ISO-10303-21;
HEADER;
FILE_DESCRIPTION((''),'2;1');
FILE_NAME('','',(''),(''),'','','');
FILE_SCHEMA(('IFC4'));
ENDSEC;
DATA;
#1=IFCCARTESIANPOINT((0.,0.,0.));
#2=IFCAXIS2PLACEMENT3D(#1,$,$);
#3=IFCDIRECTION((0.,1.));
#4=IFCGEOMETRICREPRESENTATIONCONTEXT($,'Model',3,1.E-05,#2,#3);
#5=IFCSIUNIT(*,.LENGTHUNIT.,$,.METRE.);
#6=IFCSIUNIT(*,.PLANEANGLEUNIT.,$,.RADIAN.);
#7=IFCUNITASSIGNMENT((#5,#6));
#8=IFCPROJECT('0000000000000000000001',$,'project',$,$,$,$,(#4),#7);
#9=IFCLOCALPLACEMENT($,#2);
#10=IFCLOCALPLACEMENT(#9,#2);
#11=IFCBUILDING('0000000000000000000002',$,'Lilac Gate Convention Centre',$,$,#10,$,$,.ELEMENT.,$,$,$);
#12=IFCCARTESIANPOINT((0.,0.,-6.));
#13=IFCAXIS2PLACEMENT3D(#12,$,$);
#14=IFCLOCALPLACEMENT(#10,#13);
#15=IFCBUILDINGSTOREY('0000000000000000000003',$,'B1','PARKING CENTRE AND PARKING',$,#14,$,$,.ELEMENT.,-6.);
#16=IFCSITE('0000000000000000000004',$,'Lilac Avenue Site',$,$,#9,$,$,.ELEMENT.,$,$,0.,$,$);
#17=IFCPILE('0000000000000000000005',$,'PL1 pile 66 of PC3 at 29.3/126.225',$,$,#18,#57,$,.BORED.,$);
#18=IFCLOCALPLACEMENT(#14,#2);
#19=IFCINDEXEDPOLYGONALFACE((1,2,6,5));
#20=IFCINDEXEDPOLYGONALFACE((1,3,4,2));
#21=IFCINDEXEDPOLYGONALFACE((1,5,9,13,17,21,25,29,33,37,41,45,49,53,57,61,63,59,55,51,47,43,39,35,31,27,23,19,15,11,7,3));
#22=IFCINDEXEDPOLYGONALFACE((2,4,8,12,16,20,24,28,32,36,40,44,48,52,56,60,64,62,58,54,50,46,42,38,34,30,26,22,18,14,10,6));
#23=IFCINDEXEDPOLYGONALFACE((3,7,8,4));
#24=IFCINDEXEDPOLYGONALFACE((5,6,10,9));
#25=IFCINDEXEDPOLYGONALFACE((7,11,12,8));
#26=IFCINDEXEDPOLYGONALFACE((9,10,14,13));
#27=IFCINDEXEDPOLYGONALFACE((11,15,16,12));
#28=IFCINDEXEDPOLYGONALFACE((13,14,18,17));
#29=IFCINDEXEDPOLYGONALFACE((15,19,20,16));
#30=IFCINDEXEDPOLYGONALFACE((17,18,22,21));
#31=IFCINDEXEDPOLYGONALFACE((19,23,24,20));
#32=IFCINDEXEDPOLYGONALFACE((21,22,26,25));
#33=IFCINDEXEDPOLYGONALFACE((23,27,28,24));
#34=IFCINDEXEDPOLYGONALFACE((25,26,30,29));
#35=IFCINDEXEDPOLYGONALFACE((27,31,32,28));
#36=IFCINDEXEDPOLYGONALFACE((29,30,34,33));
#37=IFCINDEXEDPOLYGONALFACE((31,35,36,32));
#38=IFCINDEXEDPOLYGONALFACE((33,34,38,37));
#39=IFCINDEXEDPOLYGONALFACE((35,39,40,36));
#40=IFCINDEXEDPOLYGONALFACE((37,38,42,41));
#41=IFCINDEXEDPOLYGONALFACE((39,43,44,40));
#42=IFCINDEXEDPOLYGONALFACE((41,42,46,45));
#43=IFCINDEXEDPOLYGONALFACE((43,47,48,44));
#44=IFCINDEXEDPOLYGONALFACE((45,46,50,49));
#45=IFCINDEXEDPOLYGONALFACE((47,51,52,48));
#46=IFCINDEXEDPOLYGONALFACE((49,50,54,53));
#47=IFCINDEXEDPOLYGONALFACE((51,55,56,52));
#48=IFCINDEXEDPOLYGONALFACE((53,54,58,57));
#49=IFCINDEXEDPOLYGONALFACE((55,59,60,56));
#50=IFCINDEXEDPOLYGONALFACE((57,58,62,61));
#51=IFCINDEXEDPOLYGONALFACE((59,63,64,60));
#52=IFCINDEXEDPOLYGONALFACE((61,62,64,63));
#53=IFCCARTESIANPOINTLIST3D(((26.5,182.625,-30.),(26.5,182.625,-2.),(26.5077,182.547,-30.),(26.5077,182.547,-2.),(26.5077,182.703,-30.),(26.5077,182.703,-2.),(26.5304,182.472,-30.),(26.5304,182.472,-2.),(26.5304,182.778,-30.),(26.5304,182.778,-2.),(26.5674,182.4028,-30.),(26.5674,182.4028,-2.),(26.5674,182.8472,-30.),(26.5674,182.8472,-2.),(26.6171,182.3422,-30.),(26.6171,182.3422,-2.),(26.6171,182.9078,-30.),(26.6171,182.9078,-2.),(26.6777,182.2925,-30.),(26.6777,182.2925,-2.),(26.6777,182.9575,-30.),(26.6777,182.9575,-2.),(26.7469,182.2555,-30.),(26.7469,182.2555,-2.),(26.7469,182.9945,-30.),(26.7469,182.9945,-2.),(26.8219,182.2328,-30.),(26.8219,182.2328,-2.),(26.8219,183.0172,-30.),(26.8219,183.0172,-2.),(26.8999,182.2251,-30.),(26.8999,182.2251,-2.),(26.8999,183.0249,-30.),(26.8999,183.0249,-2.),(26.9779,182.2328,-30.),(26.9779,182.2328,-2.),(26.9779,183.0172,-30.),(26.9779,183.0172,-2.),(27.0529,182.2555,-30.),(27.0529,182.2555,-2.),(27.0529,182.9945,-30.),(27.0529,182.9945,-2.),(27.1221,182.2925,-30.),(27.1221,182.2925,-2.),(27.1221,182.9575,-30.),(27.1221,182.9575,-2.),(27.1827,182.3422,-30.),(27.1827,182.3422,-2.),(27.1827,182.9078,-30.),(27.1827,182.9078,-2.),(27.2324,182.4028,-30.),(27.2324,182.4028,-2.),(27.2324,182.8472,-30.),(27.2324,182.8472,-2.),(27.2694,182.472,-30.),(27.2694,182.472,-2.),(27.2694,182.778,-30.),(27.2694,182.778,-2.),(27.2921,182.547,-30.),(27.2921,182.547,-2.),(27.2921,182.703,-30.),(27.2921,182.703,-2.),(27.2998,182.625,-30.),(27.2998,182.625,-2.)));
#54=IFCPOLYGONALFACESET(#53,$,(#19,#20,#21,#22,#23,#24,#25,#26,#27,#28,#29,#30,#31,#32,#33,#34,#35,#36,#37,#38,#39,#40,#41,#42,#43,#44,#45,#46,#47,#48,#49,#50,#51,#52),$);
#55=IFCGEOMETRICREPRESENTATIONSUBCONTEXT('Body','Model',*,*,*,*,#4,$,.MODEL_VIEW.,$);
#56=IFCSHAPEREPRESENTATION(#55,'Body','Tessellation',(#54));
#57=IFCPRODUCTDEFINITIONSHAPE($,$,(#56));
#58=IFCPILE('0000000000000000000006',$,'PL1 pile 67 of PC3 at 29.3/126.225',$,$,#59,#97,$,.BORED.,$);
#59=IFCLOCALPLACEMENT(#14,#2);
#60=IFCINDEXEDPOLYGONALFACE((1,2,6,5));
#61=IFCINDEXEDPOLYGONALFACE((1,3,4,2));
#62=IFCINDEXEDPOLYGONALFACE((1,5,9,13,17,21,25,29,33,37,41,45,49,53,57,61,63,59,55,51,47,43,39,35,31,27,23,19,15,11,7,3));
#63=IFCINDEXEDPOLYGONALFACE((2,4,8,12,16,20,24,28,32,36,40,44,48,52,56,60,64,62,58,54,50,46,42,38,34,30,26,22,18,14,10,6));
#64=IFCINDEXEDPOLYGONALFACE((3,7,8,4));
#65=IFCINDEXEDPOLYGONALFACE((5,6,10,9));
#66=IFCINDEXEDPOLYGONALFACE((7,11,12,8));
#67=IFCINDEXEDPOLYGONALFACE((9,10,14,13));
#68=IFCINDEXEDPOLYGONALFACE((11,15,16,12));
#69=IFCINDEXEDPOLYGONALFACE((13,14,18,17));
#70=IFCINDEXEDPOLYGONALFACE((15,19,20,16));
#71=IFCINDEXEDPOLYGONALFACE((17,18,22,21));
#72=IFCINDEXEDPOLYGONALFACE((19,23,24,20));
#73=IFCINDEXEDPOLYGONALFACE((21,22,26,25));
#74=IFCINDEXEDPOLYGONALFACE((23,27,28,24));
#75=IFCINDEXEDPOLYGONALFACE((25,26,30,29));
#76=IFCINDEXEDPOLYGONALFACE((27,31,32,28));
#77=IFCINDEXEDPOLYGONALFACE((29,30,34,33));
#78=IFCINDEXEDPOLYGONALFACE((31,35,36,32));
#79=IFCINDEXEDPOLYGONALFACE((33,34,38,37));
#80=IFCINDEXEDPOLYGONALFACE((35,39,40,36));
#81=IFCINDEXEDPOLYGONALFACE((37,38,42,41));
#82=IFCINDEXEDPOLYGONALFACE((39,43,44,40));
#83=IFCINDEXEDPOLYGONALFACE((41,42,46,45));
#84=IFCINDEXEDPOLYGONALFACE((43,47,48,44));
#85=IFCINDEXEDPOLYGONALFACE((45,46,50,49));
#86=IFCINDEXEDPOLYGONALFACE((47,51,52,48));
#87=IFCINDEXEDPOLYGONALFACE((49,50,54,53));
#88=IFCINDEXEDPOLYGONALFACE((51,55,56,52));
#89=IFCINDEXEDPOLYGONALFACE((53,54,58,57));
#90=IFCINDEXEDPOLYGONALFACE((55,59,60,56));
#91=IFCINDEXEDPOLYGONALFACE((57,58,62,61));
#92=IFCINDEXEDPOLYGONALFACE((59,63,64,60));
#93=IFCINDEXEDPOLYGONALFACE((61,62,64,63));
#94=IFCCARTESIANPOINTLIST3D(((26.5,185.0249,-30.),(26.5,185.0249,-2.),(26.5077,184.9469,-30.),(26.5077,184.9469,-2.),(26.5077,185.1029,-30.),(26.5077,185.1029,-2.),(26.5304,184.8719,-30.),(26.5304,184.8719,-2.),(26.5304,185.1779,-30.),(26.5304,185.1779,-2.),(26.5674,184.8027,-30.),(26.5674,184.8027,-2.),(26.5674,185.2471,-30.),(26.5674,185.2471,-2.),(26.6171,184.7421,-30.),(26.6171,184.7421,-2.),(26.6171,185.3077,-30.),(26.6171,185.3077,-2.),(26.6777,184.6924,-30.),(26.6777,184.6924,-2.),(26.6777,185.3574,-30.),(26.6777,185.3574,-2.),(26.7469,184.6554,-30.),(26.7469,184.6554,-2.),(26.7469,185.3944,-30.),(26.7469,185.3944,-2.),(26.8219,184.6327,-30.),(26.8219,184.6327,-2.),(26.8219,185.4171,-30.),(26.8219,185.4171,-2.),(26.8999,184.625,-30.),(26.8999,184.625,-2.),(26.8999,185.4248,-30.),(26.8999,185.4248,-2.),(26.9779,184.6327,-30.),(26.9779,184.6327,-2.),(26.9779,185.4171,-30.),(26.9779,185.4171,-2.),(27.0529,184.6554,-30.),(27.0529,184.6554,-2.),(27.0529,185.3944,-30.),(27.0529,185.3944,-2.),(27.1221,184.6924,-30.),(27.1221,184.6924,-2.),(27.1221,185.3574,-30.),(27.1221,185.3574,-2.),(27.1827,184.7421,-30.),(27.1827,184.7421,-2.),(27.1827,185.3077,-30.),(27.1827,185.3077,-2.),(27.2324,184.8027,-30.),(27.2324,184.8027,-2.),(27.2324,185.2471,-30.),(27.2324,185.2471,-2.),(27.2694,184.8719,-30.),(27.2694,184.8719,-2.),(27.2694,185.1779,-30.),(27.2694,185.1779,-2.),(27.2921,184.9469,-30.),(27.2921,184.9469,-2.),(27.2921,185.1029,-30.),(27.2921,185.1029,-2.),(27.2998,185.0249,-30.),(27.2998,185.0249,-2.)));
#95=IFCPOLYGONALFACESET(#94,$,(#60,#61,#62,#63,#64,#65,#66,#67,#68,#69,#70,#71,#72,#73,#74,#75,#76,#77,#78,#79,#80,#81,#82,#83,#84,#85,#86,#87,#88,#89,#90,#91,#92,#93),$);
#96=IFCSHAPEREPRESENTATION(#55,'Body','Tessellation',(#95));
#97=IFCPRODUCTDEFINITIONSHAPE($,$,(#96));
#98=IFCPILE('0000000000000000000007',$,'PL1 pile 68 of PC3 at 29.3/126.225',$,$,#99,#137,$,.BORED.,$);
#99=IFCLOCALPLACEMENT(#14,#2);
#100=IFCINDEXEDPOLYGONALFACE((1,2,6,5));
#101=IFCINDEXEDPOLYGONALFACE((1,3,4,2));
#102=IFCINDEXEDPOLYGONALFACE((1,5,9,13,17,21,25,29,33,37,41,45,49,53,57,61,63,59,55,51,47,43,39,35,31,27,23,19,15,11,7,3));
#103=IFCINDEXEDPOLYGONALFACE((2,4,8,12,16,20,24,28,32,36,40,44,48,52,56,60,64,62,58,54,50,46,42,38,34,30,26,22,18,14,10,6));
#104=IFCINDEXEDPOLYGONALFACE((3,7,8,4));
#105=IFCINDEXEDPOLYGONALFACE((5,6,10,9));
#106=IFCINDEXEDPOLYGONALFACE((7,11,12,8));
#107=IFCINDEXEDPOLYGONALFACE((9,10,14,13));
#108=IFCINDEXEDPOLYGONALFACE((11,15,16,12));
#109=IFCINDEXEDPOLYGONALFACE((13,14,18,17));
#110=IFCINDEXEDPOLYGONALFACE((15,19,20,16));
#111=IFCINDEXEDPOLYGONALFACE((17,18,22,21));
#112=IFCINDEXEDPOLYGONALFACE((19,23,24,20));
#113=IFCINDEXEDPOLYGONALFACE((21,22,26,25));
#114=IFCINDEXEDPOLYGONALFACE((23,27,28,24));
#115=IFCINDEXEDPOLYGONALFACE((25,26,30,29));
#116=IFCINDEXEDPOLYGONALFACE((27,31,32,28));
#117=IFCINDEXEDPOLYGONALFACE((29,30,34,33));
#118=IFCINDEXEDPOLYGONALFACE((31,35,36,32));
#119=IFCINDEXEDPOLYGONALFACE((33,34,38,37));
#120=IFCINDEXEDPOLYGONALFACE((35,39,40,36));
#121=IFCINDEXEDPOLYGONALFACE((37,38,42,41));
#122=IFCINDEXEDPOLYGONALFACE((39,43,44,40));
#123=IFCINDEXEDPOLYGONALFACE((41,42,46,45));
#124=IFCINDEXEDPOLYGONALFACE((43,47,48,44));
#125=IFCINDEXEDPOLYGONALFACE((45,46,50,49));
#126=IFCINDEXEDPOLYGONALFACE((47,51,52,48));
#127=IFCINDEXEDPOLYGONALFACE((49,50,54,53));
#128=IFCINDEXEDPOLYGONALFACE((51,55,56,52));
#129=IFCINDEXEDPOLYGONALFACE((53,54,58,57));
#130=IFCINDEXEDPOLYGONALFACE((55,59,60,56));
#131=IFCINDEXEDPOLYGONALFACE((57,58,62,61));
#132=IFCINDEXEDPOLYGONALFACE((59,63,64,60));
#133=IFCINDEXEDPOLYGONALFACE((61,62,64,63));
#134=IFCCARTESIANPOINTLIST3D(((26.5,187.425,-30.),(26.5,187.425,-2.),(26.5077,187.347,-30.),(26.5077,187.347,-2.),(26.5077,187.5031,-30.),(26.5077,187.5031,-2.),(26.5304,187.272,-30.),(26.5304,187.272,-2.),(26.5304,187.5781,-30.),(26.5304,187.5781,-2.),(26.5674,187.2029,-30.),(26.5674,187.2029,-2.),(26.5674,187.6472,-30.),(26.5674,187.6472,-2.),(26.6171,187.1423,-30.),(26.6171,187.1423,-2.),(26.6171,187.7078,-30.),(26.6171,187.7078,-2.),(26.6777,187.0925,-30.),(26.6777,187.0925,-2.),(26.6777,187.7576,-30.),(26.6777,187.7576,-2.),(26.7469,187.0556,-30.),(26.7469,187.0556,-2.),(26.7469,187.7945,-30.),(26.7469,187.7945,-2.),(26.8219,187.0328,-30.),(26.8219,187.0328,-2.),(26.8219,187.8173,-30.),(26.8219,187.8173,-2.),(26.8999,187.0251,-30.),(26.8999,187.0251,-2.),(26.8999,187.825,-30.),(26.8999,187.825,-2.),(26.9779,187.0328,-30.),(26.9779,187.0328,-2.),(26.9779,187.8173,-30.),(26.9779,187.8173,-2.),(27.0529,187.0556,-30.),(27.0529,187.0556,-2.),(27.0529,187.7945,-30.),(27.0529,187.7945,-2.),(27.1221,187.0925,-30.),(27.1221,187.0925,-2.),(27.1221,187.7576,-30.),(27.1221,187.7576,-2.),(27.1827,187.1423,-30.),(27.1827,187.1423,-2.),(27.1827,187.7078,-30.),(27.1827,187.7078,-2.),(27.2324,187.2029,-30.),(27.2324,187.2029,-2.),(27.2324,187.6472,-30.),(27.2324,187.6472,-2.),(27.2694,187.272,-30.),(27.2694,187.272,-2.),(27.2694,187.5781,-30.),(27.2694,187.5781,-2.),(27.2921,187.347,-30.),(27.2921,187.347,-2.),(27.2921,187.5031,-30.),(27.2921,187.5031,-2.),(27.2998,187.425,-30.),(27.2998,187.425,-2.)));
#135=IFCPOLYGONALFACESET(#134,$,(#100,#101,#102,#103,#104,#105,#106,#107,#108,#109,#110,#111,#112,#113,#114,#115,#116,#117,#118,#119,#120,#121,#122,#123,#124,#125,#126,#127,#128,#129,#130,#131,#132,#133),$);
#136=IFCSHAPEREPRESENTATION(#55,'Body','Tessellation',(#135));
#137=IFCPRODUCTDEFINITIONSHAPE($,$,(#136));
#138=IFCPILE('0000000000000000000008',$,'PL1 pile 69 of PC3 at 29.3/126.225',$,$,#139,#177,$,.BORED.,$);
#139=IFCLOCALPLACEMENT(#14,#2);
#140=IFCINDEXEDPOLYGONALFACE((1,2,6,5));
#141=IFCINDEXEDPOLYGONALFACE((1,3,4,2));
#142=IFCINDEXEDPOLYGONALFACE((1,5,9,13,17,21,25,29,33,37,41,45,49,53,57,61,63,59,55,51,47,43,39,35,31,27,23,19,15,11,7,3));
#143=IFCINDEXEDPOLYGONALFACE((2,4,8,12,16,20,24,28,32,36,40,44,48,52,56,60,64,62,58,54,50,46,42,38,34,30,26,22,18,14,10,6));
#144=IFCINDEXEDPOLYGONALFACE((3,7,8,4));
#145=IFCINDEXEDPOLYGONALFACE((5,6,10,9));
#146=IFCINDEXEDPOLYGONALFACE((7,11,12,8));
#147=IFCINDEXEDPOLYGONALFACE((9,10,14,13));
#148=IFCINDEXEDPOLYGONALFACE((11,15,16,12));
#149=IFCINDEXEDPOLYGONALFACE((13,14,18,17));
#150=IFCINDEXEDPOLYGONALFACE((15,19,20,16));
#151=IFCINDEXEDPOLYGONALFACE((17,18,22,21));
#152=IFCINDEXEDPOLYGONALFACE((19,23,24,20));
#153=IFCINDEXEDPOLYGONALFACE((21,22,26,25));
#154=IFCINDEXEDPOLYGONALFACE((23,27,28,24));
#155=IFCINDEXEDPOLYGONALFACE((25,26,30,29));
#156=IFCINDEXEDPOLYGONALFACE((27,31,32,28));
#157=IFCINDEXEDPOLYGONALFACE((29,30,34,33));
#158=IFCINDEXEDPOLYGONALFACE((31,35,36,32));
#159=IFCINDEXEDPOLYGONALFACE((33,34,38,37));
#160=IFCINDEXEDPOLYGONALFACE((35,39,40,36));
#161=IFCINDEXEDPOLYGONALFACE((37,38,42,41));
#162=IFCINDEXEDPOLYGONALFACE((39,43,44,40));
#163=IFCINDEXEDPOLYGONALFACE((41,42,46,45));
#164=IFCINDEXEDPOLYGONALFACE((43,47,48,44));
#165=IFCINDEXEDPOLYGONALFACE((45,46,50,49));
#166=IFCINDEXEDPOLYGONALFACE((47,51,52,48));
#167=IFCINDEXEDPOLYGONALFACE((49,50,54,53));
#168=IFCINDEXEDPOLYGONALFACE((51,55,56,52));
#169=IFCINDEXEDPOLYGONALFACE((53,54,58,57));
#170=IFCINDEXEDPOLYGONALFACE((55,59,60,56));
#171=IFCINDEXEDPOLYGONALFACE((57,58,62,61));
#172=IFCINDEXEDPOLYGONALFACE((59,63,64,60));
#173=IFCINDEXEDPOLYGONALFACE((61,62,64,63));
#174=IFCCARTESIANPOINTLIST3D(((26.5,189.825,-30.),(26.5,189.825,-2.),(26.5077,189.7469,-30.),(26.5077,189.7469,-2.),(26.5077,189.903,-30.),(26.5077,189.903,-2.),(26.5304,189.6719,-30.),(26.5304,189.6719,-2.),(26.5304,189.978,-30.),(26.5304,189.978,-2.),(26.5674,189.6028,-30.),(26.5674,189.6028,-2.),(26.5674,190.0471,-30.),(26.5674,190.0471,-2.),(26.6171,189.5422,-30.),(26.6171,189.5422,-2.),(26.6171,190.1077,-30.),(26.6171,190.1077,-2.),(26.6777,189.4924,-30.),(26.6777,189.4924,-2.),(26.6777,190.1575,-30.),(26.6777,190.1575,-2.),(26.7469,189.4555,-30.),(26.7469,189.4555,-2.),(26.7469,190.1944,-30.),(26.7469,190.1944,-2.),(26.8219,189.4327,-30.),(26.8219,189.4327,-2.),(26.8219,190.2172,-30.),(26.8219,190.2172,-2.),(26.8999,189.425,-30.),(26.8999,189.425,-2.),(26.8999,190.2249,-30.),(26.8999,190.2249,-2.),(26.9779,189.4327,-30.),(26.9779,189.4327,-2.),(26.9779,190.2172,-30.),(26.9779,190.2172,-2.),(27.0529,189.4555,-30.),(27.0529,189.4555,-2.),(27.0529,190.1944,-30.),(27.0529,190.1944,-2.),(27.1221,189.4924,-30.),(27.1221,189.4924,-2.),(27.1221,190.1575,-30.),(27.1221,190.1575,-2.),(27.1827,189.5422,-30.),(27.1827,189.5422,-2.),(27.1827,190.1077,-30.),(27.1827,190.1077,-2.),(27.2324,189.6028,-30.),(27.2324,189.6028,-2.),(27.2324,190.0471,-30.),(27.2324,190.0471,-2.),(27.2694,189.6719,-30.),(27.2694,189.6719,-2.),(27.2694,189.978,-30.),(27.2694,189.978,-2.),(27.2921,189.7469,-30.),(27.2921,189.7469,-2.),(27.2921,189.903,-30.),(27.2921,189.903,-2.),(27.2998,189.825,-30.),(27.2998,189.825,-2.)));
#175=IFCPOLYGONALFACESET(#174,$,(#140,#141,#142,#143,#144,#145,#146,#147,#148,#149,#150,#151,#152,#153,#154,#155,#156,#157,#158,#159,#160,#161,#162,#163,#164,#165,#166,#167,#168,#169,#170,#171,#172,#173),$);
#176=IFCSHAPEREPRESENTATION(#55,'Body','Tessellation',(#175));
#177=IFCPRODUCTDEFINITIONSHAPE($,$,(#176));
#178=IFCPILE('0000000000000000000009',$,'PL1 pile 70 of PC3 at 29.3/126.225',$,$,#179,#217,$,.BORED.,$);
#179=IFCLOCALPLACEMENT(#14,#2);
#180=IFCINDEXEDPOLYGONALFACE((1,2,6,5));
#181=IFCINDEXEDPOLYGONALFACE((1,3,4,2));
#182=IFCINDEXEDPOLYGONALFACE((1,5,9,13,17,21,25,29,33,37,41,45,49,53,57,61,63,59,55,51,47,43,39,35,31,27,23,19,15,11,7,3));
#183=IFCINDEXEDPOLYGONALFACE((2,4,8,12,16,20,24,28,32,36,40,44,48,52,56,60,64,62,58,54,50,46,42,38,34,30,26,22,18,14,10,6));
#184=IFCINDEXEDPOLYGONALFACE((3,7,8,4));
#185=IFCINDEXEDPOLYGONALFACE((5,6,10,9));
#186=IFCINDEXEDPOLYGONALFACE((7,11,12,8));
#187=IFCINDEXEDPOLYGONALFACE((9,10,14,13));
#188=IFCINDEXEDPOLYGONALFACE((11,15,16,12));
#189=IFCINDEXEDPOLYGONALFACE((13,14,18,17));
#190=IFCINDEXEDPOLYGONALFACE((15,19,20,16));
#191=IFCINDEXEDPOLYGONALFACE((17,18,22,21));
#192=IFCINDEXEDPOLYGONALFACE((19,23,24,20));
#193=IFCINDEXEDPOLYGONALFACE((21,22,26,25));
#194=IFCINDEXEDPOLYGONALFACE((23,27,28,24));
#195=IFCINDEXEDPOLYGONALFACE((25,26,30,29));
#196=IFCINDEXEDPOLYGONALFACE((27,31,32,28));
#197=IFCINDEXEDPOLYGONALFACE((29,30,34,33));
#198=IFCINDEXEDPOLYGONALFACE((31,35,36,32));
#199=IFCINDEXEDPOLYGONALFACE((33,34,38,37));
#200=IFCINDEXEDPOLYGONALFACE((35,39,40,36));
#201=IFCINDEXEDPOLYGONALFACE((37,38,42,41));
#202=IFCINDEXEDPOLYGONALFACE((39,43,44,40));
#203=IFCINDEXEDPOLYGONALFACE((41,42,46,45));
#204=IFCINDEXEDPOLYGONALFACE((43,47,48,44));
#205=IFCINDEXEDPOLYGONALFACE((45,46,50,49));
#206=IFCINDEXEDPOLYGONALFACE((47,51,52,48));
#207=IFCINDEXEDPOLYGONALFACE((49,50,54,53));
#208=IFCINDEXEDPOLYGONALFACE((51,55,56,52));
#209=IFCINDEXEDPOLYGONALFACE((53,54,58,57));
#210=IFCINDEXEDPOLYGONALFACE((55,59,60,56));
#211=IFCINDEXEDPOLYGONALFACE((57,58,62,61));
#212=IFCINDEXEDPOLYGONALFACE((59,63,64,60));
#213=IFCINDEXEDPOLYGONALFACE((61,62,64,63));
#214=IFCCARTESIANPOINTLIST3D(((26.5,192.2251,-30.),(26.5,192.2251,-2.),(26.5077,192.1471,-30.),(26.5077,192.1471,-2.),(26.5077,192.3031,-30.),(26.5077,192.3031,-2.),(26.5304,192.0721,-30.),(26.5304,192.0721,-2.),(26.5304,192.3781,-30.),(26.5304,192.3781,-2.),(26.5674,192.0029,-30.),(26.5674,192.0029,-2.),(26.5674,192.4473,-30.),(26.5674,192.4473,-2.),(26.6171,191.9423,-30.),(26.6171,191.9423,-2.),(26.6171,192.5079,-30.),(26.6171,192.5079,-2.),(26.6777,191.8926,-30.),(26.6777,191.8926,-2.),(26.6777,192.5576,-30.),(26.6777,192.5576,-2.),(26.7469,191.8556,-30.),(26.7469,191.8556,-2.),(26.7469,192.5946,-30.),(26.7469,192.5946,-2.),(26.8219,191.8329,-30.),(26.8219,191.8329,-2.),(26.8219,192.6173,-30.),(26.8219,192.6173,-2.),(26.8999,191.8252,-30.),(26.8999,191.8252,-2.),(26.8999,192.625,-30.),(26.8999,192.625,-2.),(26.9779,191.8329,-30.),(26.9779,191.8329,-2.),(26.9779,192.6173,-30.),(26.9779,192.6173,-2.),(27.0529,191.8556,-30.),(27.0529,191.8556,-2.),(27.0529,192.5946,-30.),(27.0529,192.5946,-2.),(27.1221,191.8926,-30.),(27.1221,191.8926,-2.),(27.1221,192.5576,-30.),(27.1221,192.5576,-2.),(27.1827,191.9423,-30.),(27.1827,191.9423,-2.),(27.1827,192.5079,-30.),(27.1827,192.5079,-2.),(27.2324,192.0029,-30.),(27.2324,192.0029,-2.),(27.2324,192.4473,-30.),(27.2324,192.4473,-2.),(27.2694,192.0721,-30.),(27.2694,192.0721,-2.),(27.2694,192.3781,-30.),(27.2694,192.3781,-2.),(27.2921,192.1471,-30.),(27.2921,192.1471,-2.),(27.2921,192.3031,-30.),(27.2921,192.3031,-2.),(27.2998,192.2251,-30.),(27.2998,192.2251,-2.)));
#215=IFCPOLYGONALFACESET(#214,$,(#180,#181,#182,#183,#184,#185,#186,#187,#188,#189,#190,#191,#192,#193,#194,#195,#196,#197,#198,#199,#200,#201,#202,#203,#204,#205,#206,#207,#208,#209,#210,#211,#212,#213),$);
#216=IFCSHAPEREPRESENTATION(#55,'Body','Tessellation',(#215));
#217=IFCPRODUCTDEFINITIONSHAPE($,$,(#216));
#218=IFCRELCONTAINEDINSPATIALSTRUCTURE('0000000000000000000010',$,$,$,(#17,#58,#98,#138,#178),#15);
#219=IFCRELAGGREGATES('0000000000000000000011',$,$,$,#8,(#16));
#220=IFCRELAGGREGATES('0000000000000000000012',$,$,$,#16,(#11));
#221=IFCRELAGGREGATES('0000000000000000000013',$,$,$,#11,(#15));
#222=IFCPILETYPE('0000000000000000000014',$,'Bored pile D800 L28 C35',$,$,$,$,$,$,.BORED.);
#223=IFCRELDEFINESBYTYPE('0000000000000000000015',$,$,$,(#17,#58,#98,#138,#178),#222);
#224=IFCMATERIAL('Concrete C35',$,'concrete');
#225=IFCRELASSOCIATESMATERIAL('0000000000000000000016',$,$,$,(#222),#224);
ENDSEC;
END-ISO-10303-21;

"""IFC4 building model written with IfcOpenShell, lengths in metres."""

from ifc_helpers import new_model, si_unit, direction, frame, origin, origin_2d, place, context, subcontext, project, spatial, circle, extrude, material, material_profile, profile_set, type_object, element, save


model = new_model("IFC4")

# Units and contexts
model_context = context("Model", 3, precision=1e-05, world=origin(), true_north=direction((0.0, 1.0)))
body_context = subcontext(model_context, "Body", "Model", "MODEL_VIEW")
ifc_project = project(units=[si_unit("LENGTHUNIT", "METRE"), si_unit("PLANEANGLEUNIT", "RADIAN")], contexts=[model_context])

# Site, building, storey
site_placement = place(None, origin())
site = spatial("IfcSite", under=ifc_project, at=site_placement, Name="Lilac Avenue Site", CompositionType="ELEMENT", RefElevation=0.0)
building_placement = place(site_placement, origin())
building = spatial("IfcBuilding", under=site, at=building_placement, Name="Lilac Gate Convention Centre", CompositionType="ELEMENT")
storey_placement = place(building_placement, frame((0.0, 0.0, -6.0)))
storey = spatial("IfcBuildingStorey", under=building, at=storey_placement, Name="B1", Description="PARKING CENTRE AND PARKING", CompositionType="ELEMENT", Elevation=-6.0)

# Piles
ifc_material_1 = material(Name="Concrete C35", Category="concrete")
ifc_material_profile_1 = material_profile(ifc_material_1, circle(Radius=0.3999, at=origin_2d()), Name="D800")
ifc_profile_set_1 = profile_set([ifc_material_profile_1], Name="Concrete C35")
pile_type = type_object("IfcPileType", Name="Bored pile D800 L28 C35", PredefinedType="BORED", material=ifc_profile_set_1)
for number, where, z_axis, x_axis, name in (
    (1, (26.8999, 182.625, -2.0), (0.0, 0.0, -1.0), (1.0, 0.0, 0.0), "PL1 pile 66 of PC3 at 29.3/126.225"),
    (2, (26.8999, 185.0249, -2.0), (0.0, 0.0, -1.0), (1.0, 0.0, 0.0), "PL1 pile 67 of PC3 at 29.3/126.225"),
    (3, (26.8999, 187.425, -2.0), (0.0, 0.0, -1.0), (1.0, 0.0, 0.0), "PL1 pile 68 of PC3 at 29.3/126.225"),
    (4, (26.8999, 189.825, -2.0), (0.0, 0.0, -1.0), (1.0, 0.0, 0.0), "PL1 pile 69 of PC3 at 29.3/126.225"),
    (5, (26.8999, 192.2251, -2.0), (0.0, 0.0, -1.0), (1.0, 0.0, 0.0), "PL1 pile 70 of PC3 at 29.3/126.225"),
):
    element("IfcPile", number, at=place(storey_placement, frame(where, z_axis=z_axis, x_axis=x_axis)), inside=storey, type_object=pile_type, Name=name, PredefinedType="BORED", context=body_context, shape_type="SweptSolid", body=[
        extrude(circle(Radius=0.3999, at=origin_2d()), origin(), (0.0, 0.0, 1.0), 28.0),
    ])

save(model, "model.ifc")
